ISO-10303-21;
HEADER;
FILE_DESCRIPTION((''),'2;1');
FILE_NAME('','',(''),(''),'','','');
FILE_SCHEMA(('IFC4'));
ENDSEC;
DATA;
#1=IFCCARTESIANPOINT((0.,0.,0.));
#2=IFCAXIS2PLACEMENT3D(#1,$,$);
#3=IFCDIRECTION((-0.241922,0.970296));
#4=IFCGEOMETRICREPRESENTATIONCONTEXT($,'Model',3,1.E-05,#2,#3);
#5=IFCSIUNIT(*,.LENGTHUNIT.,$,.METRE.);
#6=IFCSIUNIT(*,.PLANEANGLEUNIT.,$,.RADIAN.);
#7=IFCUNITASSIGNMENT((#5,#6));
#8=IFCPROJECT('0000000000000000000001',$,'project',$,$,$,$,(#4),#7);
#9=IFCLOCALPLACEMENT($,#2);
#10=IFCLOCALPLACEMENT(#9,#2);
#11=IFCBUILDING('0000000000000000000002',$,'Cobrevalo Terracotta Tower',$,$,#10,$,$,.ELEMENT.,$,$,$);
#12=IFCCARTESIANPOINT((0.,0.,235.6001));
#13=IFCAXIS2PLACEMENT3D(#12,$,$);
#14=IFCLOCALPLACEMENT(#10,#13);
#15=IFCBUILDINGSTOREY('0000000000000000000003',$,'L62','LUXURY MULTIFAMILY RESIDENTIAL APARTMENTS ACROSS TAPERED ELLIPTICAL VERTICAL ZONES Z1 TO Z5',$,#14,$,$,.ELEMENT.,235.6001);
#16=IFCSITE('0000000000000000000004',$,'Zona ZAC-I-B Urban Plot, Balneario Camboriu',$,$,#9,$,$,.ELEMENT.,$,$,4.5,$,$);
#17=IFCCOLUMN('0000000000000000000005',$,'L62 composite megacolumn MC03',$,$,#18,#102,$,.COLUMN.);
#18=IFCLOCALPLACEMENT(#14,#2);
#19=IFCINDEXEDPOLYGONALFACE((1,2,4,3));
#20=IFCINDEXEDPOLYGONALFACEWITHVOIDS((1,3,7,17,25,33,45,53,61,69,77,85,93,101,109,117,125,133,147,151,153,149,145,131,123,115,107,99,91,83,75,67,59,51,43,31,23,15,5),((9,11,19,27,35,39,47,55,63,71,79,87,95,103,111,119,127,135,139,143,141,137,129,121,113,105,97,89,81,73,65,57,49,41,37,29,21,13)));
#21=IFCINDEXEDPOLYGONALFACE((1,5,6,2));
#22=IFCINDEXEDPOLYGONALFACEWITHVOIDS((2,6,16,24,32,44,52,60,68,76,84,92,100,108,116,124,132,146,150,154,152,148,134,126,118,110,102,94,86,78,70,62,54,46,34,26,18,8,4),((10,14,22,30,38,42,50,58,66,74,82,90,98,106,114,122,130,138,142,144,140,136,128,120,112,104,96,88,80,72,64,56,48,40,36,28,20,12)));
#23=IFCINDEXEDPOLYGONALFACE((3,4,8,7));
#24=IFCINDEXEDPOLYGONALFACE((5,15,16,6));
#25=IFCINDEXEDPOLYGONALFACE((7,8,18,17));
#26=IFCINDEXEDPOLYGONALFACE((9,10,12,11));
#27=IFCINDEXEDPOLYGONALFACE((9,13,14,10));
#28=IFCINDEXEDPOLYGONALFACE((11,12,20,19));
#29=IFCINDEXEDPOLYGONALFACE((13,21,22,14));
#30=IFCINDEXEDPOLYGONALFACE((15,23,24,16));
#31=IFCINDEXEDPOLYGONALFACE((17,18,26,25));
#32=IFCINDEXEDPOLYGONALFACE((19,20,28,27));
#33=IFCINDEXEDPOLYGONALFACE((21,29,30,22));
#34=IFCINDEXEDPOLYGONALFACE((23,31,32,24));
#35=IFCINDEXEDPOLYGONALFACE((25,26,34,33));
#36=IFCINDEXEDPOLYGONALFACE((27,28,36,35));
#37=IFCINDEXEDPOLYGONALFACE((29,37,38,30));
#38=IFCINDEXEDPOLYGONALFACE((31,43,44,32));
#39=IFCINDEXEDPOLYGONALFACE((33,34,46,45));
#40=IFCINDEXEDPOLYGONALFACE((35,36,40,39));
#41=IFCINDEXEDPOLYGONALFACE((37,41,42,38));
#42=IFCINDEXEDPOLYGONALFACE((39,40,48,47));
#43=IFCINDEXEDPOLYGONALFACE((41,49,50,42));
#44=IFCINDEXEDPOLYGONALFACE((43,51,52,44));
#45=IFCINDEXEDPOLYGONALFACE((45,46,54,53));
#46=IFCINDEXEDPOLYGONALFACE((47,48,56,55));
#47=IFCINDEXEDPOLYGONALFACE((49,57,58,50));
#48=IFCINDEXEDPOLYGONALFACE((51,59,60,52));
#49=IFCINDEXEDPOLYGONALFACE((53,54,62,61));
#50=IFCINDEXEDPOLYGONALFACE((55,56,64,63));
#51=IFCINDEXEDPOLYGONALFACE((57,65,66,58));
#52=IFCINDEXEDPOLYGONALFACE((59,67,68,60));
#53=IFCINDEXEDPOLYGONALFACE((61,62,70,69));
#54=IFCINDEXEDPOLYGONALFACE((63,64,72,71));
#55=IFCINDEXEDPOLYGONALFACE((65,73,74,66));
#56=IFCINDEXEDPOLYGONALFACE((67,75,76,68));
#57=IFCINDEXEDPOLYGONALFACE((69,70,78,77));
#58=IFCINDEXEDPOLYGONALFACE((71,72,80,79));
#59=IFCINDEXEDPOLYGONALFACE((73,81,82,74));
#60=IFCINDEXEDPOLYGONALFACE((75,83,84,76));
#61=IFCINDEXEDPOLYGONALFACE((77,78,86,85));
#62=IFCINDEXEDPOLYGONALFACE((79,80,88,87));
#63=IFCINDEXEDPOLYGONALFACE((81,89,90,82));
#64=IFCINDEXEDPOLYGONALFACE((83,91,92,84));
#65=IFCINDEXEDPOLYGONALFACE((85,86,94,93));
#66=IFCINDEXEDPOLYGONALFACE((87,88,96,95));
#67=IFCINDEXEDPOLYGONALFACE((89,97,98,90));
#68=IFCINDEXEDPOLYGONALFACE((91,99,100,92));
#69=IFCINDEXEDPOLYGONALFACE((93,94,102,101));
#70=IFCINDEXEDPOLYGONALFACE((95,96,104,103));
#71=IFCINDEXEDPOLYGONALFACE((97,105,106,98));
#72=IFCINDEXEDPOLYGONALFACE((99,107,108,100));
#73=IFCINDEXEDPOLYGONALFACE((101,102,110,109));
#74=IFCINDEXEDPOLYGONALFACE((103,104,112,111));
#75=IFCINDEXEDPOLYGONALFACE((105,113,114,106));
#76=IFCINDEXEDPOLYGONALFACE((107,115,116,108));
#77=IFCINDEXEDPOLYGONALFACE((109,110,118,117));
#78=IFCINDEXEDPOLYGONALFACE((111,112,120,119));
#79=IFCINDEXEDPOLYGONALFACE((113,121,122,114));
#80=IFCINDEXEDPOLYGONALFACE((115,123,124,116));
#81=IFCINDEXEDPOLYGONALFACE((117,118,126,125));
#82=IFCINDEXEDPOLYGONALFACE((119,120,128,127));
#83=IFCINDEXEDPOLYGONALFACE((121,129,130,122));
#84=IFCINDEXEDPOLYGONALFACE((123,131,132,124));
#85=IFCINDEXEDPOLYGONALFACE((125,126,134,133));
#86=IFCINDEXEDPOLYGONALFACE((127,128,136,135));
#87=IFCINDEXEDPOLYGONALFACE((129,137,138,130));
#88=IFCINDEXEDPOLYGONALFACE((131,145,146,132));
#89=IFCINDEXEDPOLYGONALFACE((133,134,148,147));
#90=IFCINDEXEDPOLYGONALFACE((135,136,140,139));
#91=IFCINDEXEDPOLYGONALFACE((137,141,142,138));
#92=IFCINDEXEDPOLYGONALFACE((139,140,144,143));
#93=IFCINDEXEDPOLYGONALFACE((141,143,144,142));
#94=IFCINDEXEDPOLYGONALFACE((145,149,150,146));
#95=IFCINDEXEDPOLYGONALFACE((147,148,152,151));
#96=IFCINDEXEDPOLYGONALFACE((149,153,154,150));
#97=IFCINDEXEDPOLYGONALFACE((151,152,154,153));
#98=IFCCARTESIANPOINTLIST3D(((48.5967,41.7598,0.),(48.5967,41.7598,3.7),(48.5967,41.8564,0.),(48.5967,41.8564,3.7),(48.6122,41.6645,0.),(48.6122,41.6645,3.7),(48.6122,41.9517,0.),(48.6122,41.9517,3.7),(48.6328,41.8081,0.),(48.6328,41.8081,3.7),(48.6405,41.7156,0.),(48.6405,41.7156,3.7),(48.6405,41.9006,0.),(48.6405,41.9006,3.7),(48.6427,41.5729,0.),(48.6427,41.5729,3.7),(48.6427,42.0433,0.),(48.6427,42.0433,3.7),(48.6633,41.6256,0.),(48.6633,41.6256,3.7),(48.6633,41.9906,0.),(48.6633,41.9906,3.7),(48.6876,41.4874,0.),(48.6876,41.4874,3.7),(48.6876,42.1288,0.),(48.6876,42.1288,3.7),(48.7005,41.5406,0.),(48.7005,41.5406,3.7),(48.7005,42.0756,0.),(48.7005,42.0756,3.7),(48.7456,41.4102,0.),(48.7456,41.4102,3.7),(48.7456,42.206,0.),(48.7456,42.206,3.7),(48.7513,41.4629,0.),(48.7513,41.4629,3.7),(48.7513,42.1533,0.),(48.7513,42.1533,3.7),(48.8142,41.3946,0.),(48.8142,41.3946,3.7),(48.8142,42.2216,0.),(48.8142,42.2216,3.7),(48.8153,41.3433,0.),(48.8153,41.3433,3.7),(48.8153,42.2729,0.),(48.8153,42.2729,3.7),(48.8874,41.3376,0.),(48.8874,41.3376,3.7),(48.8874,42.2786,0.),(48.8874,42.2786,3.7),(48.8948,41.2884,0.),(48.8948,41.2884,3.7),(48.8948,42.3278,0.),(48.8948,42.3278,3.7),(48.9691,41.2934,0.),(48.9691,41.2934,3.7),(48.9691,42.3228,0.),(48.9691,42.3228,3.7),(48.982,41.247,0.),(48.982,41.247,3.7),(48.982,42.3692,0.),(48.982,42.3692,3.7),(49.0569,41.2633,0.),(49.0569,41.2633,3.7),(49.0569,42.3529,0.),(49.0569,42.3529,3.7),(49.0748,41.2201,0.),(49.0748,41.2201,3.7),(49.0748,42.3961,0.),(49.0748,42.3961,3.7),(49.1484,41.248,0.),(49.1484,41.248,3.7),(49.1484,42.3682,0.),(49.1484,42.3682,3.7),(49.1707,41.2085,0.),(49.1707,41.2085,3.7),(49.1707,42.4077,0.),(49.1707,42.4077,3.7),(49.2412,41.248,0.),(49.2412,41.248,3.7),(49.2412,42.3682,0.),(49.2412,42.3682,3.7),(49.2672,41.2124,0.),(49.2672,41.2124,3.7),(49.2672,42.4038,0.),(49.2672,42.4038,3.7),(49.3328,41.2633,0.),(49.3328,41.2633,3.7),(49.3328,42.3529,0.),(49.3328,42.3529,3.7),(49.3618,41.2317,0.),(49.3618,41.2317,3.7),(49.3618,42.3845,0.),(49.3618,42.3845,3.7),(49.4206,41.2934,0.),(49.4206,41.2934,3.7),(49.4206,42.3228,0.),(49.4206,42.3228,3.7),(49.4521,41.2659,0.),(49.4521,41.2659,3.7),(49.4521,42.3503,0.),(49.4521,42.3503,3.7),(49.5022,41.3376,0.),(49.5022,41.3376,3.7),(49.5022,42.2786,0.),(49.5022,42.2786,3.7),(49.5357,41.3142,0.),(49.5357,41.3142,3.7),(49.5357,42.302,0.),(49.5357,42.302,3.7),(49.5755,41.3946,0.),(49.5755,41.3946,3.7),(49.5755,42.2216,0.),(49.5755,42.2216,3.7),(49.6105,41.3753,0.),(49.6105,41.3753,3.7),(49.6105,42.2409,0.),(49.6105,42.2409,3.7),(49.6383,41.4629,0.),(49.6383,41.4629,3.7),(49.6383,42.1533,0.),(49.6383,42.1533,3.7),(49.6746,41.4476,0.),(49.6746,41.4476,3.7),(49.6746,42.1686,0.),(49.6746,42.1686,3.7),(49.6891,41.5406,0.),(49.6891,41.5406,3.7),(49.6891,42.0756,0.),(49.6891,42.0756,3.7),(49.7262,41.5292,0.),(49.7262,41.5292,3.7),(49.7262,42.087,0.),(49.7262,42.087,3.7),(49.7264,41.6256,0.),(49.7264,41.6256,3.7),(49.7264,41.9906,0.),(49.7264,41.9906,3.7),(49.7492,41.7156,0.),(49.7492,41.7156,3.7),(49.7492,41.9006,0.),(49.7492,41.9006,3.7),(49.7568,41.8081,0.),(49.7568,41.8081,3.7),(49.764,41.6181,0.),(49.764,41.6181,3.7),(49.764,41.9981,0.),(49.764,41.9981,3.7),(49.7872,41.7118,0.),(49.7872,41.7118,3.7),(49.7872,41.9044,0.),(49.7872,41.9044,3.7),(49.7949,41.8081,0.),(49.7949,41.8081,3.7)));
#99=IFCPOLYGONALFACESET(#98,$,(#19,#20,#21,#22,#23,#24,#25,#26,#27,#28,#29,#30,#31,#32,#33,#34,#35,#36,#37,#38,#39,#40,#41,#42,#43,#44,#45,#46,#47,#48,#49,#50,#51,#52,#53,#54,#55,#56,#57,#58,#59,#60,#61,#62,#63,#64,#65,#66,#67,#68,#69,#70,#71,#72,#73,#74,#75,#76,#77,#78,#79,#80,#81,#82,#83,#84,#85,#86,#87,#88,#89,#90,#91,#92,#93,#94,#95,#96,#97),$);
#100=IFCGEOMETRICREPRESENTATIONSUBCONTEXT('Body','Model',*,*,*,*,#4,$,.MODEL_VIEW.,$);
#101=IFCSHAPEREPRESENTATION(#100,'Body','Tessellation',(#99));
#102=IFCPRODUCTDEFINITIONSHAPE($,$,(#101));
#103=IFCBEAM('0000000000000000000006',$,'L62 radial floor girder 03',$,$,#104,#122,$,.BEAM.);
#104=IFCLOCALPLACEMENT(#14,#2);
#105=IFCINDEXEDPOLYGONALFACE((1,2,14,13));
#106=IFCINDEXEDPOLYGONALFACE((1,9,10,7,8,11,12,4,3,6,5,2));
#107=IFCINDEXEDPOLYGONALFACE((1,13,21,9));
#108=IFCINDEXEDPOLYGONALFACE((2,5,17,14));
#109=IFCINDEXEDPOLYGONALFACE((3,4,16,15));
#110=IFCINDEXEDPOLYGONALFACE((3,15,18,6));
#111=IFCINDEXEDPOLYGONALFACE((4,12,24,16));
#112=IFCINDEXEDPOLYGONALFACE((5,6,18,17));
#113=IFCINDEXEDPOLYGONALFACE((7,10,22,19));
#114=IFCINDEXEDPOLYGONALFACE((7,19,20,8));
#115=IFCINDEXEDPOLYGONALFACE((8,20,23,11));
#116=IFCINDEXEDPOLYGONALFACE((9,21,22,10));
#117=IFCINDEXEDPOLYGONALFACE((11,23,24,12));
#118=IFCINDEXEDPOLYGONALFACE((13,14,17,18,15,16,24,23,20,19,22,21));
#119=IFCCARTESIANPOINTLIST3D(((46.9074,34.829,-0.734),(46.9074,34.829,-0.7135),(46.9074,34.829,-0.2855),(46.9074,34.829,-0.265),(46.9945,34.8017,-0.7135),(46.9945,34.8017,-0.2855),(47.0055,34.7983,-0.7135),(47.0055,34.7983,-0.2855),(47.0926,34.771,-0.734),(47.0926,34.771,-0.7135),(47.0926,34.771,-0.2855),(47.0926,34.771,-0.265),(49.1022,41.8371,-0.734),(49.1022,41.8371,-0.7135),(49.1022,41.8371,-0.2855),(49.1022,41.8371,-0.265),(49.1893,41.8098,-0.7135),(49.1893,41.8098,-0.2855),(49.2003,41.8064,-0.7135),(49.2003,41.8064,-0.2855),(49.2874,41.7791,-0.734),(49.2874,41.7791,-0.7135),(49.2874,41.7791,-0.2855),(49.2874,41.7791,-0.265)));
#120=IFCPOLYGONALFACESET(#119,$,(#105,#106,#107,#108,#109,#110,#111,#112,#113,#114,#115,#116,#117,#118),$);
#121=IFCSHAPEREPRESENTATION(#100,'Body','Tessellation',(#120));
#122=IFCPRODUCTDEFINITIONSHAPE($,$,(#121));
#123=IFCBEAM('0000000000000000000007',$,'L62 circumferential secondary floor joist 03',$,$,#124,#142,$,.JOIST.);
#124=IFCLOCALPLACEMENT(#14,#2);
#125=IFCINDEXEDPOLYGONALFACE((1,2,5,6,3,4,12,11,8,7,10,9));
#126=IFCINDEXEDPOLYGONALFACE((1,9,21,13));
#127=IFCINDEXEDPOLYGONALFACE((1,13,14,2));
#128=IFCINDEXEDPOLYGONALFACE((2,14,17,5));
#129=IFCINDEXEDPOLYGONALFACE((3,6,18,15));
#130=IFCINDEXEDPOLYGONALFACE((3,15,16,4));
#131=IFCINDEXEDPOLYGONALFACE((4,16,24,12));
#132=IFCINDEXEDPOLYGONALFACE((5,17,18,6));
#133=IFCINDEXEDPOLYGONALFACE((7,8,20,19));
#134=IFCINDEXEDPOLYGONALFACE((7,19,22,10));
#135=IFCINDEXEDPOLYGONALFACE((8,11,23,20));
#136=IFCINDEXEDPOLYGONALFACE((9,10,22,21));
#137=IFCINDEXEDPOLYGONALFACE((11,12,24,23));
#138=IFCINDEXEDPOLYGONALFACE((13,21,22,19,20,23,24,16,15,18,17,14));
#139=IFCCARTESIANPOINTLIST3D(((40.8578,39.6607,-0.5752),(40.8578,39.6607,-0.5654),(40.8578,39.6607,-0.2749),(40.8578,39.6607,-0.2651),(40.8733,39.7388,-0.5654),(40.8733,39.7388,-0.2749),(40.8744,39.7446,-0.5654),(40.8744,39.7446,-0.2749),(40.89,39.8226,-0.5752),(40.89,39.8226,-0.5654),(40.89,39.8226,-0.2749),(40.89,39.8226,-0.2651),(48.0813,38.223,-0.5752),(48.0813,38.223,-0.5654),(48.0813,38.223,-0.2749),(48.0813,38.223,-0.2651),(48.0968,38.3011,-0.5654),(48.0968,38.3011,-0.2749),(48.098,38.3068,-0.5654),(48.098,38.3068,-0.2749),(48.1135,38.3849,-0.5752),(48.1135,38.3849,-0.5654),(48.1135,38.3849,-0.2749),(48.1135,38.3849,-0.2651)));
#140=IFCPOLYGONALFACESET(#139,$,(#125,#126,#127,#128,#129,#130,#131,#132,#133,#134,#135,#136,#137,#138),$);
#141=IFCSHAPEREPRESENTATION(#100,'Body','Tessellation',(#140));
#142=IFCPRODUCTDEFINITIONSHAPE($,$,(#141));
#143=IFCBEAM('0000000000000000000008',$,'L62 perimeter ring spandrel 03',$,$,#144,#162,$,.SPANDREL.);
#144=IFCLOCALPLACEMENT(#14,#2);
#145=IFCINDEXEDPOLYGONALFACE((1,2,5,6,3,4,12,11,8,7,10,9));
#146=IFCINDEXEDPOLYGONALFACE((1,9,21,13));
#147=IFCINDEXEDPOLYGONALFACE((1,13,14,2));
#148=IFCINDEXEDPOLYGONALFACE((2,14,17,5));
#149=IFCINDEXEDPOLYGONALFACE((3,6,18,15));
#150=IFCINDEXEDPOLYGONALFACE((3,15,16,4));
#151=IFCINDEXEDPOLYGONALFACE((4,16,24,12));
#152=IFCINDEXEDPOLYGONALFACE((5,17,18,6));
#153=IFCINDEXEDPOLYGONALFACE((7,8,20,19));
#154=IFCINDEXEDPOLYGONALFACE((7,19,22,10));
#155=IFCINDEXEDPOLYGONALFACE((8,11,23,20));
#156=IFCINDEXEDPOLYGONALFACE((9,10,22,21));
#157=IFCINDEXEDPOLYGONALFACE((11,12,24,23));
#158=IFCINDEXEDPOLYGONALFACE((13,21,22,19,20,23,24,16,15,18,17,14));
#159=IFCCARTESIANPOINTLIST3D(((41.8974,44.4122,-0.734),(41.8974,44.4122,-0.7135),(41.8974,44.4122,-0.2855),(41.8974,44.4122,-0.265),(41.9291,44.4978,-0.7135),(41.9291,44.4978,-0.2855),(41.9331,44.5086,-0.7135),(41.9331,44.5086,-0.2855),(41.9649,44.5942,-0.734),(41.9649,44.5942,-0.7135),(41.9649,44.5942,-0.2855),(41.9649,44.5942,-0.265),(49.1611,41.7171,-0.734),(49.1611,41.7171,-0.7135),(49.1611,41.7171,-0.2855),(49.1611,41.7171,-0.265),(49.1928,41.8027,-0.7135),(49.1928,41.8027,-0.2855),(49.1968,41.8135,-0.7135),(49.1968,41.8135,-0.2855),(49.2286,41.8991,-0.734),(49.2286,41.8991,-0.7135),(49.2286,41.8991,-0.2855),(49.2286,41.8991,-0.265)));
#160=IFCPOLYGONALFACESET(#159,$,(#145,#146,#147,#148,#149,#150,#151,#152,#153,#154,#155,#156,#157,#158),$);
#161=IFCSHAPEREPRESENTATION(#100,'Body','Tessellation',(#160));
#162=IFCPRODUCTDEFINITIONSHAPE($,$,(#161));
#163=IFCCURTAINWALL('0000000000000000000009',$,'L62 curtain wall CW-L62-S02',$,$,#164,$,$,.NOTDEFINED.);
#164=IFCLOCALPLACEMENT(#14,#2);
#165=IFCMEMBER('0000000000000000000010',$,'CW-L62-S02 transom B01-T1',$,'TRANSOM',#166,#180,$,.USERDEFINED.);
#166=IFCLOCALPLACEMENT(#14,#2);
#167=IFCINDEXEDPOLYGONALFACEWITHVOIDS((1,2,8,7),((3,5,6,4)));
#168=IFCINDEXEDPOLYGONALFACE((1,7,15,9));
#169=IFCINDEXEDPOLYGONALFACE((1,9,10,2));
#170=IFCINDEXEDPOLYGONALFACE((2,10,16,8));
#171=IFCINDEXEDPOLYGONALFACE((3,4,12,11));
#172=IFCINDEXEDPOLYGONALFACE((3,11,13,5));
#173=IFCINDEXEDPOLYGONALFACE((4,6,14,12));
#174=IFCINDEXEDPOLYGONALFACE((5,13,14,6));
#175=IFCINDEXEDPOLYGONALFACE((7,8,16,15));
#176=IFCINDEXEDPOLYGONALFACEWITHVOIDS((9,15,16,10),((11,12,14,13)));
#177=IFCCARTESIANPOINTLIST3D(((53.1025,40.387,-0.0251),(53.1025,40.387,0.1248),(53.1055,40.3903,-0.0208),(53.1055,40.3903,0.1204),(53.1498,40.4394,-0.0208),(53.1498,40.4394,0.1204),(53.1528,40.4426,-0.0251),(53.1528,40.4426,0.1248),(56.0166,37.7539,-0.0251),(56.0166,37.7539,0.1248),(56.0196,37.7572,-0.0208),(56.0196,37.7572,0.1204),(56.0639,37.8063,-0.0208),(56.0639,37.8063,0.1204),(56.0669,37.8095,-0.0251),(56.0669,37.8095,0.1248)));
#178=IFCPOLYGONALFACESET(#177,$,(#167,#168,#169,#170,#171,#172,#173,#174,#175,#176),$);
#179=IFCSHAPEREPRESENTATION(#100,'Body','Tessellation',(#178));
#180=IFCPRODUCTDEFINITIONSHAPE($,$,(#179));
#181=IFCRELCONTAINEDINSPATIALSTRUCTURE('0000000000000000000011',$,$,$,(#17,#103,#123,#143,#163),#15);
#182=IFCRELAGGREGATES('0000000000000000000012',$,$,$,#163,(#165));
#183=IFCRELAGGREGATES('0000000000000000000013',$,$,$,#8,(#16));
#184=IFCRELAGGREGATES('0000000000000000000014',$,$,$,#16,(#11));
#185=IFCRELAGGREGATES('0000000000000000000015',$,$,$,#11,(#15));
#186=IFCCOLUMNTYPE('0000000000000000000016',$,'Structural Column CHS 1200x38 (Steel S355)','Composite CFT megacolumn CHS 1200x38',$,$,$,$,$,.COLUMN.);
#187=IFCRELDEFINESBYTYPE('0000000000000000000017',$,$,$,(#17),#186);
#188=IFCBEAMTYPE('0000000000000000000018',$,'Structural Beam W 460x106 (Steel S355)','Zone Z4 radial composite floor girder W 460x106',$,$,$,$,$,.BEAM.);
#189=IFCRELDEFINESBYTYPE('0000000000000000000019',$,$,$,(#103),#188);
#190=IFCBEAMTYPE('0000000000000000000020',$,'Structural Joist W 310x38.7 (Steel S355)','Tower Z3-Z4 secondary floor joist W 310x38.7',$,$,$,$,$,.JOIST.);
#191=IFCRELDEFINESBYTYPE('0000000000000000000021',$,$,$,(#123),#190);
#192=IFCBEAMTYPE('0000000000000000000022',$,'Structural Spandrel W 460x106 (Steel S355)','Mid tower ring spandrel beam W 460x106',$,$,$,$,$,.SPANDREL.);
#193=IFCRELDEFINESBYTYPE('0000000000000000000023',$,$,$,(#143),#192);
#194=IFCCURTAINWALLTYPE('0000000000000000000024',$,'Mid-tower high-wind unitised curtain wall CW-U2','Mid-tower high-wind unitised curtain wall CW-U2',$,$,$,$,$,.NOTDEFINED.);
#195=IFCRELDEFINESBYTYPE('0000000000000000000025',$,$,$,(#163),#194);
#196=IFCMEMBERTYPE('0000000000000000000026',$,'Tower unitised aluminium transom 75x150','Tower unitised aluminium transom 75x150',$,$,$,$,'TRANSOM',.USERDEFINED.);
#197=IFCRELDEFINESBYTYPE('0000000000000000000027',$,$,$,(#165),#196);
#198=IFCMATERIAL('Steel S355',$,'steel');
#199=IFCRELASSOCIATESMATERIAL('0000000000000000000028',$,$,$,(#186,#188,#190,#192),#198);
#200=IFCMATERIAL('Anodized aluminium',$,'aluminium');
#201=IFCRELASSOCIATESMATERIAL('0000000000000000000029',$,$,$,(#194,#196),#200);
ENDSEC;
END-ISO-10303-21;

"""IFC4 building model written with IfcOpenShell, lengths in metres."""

from ifc_helpers import new_model, si_unit, direction, frame, origin, origin_2d, place, context, subcontext, project, spatial, hollow_rectangle, hollow_circle, i_section, extrude, source, transform, mapped, material, material_profile, profile_set, type_object, element, aggregate, save


model = new_model("IFC4")

# Units and contexts
model_context = context("Model", 3, precision=1e-05, world=origin(), true_north=direction((-0.241922, 0.970296)))
body_context = subcontext(model_context, "Body", "Model", "MODEL_VIEW")
ifc_project = project(units=[si_unit("LENGTHUNIT", "METRE"), si_unit("PLANEANGLEUNIT", "RADIAN")], contexts=[model_context])

# Site, building, storey
site_placement = place(None, origin())
site = spatial("IfcSite", under=ifc_project, at=site_placement, Name="Zona ZAC-I-B Urban Plot, Balneario Camboriu", CompositionType="ELEMENT", RefElevation=4.5)
building_placement = place(site_placement, origin())
building = spatial("IfcBuilding", under=site, at=building_placement, Name="Cobrevalo Terracotta Tower", CompositionType="ELEMENT")
storey_placement = place(building_placement, frame((0.0, 0.0, 235.6001)))
storey = spatial("IfcBuildingStorey", under=building, at=storey_placement, Name="L62", Description="LUXURY MULTIFAMILY RESIDENTIAL APARTMENTS ACROSS TAPERED ELLIPTICAL VERTICAL ZONES Z1 TO Z5", CompositionType="ELEMENT", Elevation=235.6001)

# Column
ifc_material_1 = material(Name="Steel S355", Category="steel")
ifc_material_profile_1 = material_profile(ifc_material_1, hollow_circle(Radius=0.6001, WallThickness=0.0381, at=origin_2d()), Name="CHS 1200x38")
ifc_profile_set_1 = profile_set([ifc_material_profile_1], Name="Steel S355")
column_type = type_object("IfcColumnType", Name="Structural Column CHS 1200x38 (Steel S355)", Description="Composite CFT megacolumn CHS 1200x38", PredefinedType="COLUMN", material=ifc_profile_set_1)
column_placement = place(storey_placement, frame((49.1948, 41.8081, 0.0), z_axis=(0.0, 0.0, 1.0), x_axis=(1.0, 0.0, 0.0)))
element("IfcColumn", 1, at=column_placement, inside=storey, type_object=column_type, Name="L62 composite megacolumn MC03", PredefinedType="COLUMN", context=body_context, shape_type="SweptSolid", body=[
    extrude(hollow_circle(Radius=0.6001, WallThickness=0.0381, at=origin_2d()), origin(), (0.0, 0.0, 1.0), 3.7),
])

# Beams
ifc_material_profile_2 = material_profile(ifc_material_1, i_section(OverallWidth=0.1941, OverallDepth=0.469, WebThickness=0.0115, FlangeThickness=0.0205, at=origin_2d()), Name="W 460x106")
ifc_profile_set_2 = profile_set([ifc_material_profile_2], Name="Steel S355")
beam_type_1 = type_object("IfcBeamType", Name="Structural Beam W 460x106 (Steel S355)", Description="Zone Z4 radial composite floor girder W 460x106", PredefinedType="BEAM", material=ifc_profile_set_2)
beam_1_placement = place(storey_placement, frame((49.1948, 41.8081, -0.4995), z_axis=(-0.298871, -0.954293, 0.0), x_axis=(0.954293, -0.298871, 0.0)))
element("IfcBeam", 2, at=beam_1_placement, inside=storey, type_object=beam_type_1, Name="L62 radial floor girder 03", PredefinedType="BEAM", context=body_context, shape_type="SweptSolid", body=[
    extrude(i_section(OverallWidth=0.1941, OverallDepth=0.469, WebThickness=0.0115, FlangeThickness=0.0205, at=origin_2d()), origin(), (0.0, 0.0, 1.0), 7.3438),
])
ifc_material_profile_3 = material_profile(ifc_material_1, i_section(OverallWidth=0.165, OverallDepth=0.3101, WebThickness=0.0059, FlangeThickness=0.0098, at=origin_2d()), Name="W 310x38.7")
ifc_profile_set_3 = profile_set([ifc_material_profile_3], Name="Steel S355")
beam_type_2 = type_object("IfcBeamType", Name="Structural Joist W 310x38.7 (Steel S355)", Description="Tower Z3-Z4 secondary floor joist W 310x38.7", PredefinedType="JOIST", material=ifc_profile_set_3)
beam_2_placement = place(storey_placement, frame((48.0974, 38.304, -0.4202), z_axis=(-0.980763, 0.195204, 0.0), x_axis=(-0.195204, -0.980763, 0.0)))
element("IfcBeam", 3, at=beam_2_placement, inside=storey, type_object=beam_type_2, Name="L62 circumferential secondary floor joist 03", PredefinedType="JOIST", context=body_context, shape_type="SweptSolid", body=[
    extrude(i_section(OverallWidth=0.165, OverallDepth=0.3101, WebThickness=0.0059, FlangeThickness=0.0098, at=origin_2d()), origin(), (0.0, 0.0, 1.0), 7.3652),
])
ifc_material_profile_4 = material_profile(ifc_material_1, i_section(OverallWidth=0.1941, OverallDepth=0.469, WebThickness=0.0115, FlangeThickness=0.0205, at=origin_2d()), Name="W 460x106")
ifc_profile_set_4 = profile_set([ifc_material_profile_4], Name="Steel S355")
beam_type_3 = type_object("IfcBeamType", Name="Structural Spandrel W 460x106 (Steel S355)", Description="Mid tower ring spandrel beam W 460x106", PredefinedType="SPANDREL", material=ifc_profile_set_4)
beam_3_placement = place(storey_placement, frame((49.1948, 41.8081, -0.4995), z_axis=(-0.937546, 0.347861, 0.0), x_axis=(-0.347861, -0.937546, 0.0)))
element("IfcBeam", 4, at=beam_3_placement, inside=storey, type_object=beam_type_3, Name="L62 perimeter ring spandrel 03", PredefinedType="SPANDREL", context=body_context, shape_type="SweptSolid", body=[
    extrude(i_section(OverallWidth=0.1941, OverallDepth=0.469, WebThickness=0.0115, FlangeThickness=0.0205, at=origin_2d()), origin(), (0.0, 0.0, 1.0), 7.7476),
])

# Curtain wall, member
ifc_material_2 = material(Name="Anodized aluminium", Category="aluminium")
curtain_wall_type = type_object("IfcCurtainWallType", Name="Mid-tower high-wind unitised curtain wall CW-U2", Description="Mid-tower high-wind unitised curtain wall CW-U2", PredefinedType="NOTDEFINED", material=ifc_material_2)
curtain_wall_1_placement = place(storey_placement, origin())
curtain_wall_1 = element("IfcCurtainWall", 5, at=curtain_wall_1_placement, inside=storey, type_object=curtain_wall_type, Name="L62 curtain wall CW-L62-S02", PredefinedType="NOTDEFINED")
ifc_material_profile_5 = material_profile(ifc_material_2, hollow_rectangle(XDim=0.075, YDim=0.1499, WallThickness=0.0044, at=origin_2d()), Name="CWT 75x150")
ifc_profile_set_5 = profile_set([ifc_material_profile_5], Name="Anodized aluminium")
member_type_1 = type_object("IfcMemberType", Name="Tower unitised aluminium transom 75x150", Description="Tower unitised aluminium transom 75x150", ElementType="TRANSOM", PredefinedType="USERDEFINED", material=ifc_profile_set_5)
shared_shape_1 = source(origin(), body_context, "Body", "SweptSolid", [
    extrude(hollow_rectangle(XDim=0.075, YDim=0.1499, WallThickness=0.0044, at=origin_2d()), origin(), (0.0, 0.0, 1.0), 3.9275),
])
member_1_placement = place(storey_placement, frame((56.0417, 37.7817, 0.0498), z_axis=(-0.741976, 0.670426, 0.0), x_axis=(-0.670426, -0.741976, 0.0)))
member_1 = element("IfcMember", 6, at=member_1_placement, type_object=member_type_1, Name="CW-L62-S02 transom B01-T1", ObjectType="TRANSOM", PredefinedType="USERDEFINED", context=body_context, shape_type="MappedRepresentation", body=[
    mapped(shared_shape_1, transform((0.0, 0.0, 0.0), scale=1.0)),
])

aggregate(curtain_wall_1, [member_1])

save(model, "model.ifc")
